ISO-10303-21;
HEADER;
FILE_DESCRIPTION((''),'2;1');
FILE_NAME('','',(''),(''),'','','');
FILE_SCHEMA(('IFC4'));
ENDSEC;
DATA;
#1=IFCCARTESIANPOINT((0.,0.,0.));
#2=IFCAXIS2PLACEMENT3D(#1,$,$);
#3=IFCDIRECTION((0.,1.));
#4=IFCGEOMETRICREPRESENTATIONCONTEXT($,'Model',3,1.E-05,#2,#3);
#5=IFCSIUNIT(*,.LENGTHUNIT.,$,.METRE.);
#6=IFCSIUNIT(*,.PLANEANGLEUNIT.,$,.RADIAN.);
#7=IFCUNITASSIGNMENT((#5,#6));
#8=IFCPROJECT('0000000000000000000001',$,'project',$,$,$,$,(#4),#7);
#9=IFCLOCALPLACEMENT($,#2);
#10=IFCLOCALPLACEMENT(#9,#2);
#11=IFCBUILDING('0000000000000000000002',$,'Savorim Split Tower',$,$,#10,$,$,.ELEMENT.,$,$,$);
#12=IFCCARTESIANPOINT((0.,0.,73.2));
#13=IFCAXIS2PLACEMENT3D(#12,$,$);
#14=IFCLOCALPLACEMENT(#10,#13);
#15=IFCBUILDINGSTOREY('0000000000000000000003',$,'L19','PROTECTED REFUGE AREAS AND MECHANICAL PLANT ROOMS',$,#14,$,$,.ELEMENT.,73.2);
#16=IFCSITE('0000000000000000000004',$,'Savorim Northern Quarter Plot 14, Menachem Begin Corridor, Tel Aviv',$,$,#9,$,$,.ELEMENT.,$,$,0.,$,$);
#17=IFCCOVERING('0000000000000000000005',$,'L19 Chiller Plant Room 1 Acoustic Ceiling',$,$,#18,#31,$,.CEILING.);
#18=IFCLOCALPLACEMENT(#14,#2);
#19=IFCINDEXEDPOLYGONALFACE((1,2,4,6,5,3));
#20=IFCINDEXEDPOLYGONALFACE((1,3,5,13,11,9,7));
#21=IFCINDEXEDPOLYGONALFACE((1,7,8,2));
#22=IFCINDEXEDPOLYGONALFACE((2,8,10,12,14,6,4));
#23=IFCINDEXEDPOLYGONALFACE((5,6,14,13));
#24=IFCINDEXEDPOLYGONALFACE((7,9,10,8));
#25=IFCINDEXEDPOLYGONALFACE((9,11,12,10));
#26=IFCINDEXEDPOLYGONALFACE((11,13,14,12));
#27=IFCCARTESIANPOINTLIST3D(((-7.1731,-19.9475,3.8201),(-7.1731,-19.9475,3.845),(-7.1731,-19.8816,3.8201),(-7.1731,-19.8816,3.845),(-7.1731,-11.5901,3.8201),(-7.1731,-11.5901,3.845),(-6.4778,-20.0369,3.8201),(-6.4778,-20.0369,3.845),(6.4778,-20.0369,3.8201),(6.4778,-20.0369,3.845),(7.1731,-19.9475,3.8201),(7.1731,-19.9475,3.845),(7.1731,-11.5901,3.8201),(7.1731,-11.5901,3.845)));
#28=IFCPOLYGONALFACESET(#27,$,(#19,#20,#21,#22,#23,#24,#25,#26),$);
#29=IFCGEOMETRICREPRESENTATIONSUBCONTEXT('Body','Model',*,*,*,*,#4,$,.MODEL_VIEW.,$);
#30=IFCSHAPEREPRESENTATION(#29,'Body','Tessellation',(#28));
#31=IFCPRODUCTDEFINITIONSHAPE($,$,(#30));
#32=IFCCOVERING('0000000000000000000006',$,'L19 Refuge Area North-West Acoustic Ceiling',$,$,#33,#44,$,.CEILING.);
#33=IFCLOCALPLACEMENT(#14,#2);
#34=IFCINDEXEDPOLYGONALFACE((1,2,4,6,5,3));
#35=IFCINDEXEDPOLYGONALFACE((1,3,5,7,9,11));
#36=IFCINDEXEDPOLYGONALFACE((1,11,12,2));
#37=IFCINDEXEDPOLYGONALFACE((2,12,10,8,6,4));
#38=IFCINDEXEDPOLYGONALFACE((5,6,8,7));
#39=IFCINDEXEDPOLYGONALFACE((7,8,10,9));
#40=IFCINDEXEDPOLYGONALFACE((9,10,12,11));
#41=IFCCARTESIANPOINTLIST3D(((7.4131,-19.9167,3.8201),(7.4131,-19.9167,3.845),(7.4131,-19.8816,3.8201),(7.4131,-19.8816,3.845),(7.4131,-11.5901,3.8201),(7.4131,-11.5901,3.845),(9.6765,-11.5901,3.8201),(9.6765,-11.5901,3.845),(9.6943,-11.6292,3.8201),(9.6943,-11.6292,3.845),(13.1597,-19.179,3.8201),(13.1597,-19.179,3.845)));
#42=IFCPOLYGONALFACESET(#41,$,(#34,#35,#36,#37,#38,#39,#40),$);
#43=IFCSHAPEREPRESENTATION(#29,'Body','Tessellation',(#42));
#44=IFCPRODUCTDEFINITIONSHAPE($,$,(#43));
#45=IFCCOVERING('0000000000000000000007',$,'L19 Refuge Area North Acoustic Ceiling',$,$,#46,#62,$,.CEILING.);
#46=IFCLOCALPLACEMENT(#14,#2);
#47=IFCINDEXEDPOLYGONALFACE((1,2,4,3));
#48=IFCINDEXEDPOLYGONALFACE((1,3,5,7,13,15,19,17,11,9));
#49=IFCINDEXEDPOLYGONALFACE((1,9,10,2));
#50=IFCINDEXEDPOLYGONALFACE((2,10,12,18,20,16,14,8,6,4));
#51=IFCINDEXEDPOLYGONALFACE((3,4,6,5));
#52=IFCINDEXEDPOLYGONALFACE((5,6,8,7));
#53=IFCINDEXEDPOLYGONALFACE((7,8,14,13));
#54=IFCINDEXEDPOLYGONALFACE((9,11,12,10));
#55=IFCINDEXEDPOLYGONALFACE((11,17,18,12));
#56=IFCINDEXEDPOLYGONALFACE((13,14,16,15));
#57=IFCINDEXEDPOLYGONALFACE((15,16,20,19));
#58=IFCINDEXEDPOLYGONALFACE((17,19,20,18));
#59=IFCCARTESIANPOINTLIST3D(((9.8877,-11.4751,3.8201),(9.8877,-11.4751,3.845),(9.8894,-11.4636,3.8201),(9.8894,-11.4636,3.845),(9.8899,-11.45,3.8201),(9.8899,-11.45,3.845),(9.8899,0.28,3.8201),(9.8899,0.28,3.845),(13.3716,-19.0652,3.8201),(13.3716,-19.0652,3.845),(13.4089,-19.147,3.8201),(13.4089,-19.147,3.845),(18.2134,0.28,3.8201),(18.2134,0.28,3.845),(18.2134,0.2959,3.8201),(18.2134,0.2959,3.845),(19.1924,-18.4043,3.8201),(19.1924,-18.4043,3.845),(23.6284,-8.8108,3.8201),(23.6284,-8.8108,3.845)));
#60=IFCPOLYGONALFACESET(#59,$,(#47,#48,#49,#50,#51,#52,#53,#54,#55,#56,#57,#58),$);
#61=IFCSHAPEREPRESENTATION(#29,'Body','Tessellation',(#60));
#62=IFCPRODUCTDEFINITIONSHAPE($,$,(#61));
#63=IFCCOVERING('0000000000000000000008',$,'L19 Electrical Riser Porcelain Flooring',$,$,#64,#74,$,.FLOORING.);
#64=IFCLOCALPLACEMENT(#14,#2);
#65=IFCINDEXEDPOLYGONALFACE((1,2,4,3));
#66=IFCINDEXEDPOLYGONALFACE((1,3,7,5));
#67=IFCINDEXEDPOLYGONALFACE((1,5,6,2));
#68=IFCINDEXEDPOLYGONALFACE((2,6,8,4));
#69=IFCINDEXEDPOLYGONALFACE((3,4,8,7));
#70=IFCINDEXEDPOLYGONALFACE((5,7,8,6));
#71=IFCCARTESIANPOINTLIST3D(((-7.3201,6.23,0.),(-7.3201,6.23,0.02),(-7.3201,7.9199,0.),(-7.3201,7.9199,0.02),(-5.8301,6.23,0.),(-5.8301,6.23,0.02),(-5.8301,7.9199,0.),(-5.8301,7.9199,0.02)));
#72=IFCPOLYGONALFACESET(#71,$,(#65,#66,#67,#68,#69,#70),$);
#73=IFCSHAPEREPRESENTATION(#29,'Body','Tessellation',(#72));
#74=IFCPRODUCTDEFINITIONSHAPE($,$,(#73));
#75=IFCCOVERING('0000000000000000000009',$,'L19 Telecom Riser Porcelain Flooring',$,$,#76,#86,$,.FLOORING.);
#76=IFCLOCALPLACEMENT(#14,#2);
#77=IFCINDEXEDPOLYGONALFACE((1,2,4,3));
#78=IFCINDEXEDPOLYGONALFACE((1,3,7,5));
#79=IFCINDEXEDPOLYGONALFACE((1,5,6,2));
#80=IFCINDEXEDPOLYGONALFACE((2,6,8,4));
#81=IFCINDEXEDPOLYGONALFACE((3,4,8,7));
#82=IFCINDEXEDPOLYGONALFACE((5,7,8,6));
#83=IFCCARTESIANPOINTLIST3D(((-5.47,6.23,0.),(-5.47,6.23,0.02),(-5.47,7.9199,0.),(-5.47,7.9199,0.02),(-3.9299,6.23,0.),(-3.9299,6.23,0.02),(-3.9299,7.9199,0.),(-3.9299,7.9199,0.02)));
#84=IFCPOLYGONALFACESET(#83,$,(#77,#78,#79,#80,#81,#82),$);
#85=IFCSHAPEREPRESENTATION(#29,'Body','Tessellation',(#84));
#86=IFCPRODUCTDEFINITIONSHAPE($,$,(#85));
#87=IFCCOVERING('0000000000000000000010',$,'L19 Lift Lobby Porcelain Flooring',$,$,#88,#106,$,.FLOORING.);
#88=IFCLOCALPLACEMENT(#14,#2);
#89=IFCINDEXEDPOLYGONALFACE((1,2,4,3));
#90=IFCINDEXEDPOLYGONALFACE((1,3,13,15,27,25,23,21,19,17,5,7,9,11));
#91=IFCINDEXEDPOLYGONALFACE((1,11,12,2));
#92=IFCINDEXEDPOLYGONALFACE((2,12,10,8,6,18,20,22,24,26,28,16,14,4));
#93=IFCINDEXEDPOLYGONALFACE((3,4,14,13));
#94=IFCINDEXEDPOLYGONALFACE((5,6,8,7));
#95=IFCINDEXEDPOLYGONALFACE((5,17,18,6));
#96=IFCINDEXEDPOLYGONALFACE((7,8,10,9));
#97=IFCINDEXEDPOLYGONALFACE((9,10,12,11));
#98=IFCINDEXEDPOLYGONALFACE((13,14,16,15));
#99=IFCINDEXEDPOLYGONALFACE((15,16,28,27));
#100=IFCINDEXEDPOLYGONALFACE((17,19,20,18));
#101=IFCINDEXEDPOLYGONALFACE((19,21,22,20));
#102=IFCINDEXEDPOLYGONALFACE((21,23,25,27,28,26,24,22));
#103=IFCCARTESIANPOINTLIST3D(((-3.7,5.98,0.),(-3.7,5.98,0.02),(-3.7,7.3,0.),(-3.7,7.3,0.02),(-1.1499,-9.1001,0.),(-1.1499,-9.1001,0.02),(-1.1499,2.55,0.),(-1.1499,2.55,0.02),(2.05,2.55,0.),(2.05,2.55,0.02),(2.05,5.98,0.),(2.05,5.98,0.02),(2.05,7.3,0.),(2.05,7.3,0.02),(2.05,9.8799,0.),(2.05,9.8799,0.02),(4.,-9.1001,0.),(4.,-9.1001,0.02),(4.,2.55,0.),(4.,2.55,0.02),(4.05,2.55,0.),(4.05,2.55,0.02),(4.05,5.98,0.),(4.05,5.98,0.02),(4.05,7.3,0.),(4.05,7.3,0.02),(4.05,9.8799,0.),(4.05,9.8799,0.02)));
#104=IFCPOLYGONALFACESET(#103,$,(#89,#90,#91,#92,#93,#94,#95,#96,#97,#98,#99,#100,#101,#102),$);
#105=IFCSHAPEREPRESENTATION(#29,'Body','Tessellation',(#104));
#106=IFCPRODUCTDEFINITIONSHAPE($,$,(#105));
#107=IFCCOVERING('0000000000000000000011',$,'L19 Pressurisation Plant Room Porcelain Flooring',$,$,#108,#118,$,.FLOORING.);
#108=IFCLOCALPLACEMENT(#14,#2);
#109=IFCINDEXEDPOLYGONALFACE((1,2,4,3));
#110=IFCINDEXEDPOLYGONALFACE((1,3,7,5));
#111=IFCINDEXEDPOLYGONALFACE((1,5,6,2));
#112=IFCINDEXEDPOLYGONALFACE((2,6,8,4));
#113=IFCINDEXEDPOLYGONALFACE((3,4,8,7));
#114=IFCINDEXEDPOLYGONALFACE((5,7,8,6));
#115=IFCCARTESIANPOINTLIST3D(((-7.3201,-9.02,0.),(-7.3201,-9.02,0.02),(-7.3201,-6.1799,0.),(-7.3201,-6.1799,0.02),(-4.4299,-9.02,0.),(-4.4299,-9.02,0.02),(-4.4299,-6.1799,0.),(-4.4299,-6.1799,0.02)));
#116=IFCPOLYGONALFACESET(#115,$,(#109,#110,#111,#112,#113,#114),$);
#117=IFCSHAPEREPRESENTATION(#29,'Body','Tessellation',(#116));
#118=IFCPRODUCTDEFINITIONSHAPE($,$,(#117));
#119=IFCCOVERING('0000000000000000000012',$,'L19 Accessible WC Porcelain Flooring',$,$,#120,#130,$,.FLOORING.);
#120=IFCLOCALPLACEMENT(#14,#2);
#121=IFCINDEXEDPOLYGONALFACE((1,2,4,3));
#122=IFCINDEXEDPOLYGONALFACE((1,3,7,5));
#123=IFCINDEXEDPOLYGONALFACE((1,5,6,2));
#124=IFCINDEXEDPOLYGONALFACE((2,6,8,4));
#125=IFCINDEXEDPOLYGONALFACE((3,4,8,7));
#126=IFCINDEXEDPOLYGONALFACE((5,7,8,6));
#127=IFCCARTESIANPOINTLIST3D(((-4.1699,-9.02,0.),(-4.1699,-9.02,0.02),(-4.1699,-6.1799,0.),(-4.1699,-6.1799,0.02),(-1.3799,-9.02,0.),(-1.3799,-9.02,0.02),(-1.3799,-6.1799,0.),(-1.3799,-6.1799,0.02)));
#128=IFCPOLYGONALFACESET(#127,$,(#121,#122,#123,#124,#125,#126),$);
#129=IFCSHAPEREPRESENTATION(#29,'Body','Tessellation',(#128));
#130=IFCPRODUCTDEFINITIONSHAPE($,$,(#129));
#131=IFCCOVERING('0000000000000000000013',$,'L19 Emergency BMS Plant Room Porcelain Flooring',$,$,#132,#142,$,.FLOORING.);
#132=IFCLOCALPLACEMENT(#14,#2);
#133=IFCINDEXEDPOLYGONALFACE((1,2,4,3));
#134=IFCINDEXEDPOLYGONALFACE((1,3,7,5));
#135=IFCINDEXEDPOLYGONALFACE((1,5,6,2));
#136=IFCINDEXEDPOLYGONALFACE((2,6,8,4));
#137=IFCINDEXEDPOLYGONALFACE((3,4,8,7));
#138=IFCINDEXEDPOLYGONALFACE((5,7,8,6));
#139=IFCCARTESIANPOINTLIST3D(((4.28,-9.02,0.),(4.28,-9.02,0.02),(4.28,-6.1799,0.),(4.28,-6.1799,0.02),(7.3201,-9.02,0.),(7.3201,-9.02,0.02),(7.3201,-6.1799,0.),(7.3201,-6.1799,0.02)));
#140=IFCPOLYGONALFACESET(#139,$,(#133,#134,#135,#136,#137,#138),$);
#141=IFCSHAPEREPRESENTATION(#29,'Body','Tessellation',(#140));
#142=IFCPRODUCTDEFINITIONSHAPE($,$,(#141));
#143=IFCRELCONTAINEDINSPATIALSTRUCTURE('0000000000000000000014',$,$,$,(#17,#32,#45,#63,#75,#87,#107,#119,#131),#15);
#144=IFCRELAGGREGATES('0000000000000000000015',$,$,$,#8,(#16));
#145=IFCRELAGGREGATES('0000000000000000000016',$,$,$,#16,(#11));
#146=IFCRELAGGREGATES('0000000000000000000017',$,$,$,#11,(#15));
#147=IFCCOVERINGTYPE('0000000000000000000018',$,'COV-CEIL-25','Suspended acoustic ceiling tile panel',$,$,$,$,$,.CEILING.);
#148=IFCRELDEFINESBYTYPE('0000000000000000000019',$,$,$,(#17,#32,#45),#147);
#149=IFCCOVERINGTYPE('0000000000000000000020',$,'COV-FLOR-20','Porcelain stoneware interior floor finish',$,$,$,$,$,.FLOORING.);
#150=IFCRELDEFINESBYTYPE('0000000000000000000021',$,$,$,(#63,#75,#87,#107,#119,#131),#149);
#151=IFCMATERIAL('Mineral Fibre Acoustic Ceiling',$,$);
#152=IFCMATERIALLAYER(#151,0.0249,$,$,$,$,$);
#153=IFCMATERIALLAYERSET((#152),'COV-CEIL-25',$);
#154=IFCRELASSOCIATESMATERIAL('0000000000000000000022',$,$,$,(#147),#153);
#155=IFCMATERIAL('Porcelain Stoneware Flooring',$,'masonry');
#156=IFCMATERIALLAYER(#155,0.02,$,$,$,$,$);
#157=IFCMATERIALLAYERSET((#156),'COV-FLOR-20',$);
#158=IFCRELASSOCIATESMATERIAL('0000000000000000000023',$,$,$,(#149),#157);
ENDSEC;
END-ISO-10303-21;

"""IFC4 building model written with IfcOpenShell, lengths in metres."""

from ifc_helpers import new_model, si_unit, direction, frame, origin, place, context, subcontext, project, spatial, polyline, outline, extrude, material, layer, layer_set, type_object, element, save


model = new_model("IFC4")

# Units and contexts
model_context = context("Model", 3, precision=1e-05, world=origin(), true_north=direction((0.0, 1.0)))
body_context = subcontext(model_context, "Body", "Model", "MODEL_VIEW")
ifc_project = project(units=[si_unit("LENGTHUNIT", "METRE"), si_unit("PLANEANGLEUNIT", "RADIAN")], contexts=[model_context])

# Site, building, storey
site_placement = place(None, origin())
site = spatial("IfcSite", under=ifc_project, at=site_placement, Name="Savorim Northern Quarter Plot 14, Menachem Begin Corridor, Tel Aviv", CompositionType="ELEMENT", RefElevation=0.0)
building_placement = place(site_placement, origin())
building = spatial("IfcBuilding", under=site, at=building_placement, Name="Savorim Split Tower", CompositionType="ELEMENT")
storey_placement = place(building_placement, frame((0.0, 0.0, 73.2)))
storey = spatial("IfcBuildingStorey", under=building, at=storey_placement, Name="L19", Description="PROTECTED REFUGE AREAS AND MECHANICAL PLANT ROOMS", CompositionType="ELEMENT", Elevation=73.2)

# Coverings
ifc_material_1 = material(Name="Mineral Fibre Acoustic Ceiling")
ifc_layer_1 = layer(ifc_material_1, 0.0249)
ifc_layer_set_1 = layer_set([ifc_layer_1], Name="COV-CEIL-25")
covering_type_1 = type_object("IfcCoveringType", Name="COV-CEIL-25", Description="Suspended acoustic ceiling tile panel", PredefinedType="CEILING", material=ifc_layer_set_1)
covering_1_placement = place(storey_placement, frame((0.0, 0.0, 3.8201)))
element("IfcCovering", 1, at=covering_1_placement, inside=storey, type_object=covering_type_1, Name="L19 Chiller Plant Room 1 Acoustic Ceiling", PredefinedType="CEILING", context=body_context, shape_type="SweptSolid", body=[
    extrude(outline(polyline([(-7.1731, -19.9475), (-6.4778, -20.0369), (6.4778, -20.0369), (7.1731, -19.9475), (7.1731, -11.5901), (-7.1731, -11.5901), (-7.1731, -19.8816), (-7.1731, -19.9475)])), origin(), (0.0, 0.0, 1.0), 0.0249),
])
covering_2_placement = place(storey_placement, frame((0.0, 0.0, 3.8201)))
element("IfcCovering", 2, at=covering_2_placement, inside=storey, type_object=covering_type_1, Name="L19 Refuge Area North-West Acoustic Ceiling", PredefinedType="CEILING", context=body_context, shape_type="SweptSolid", body=[
    extrude(outline(polyline([(7.4131, -11.5901), (7.4131, -19.8816), (7.4131, -19.9167), (13.1597, -19.179), (9.6943, -11.6292), (9.6765, -11.5901), (7.4131, -11.5901)])), origin(), (0.0, 0.0, 1.0), 0.0249),
])
covering_3_placement = place(storey_placement, frame((0.0, 0.0, 3.8201)))
element("IfcCovering", 3, at=covering_3_placement, inside=storey, type_object=covering_type_1, Name="L19 Refuge Area North Acoustic Ceiling", PredefinedType="CEILING", context=body_context, shape_type="SweptSolid", body=[
    extrude(outline(polyline([(13.4089, -19.147), (19.1924, -18.4043), (23.6284, -8.8108), (18.2134, 0.2959), (18.2134, 0.28), (9.8899, 0.28), (9.8899, -11.45), (9.8894, -11.4636), (9.8877, -11.4751), (13.3716, -19.0652), (13.4089, -19.147)])), origin(), (0.0, 0.0, 1.0), 0.0249),
])
ifc_material_2 = material(Name="Porcelain Stoneware Flooring", Category="masonry")
ifc_layer_2 = layer(ifc_material_2, 0.02)
ifc_layer_set_2 = layer_set([ifc_layer_2], Name="COV-FLOR-20")
covering_type_2 = type_object("IfcCoveringType", Name="COV-FLOR-20", Description="Porcelain stoneware interior floor finish", PredefinedType="FLOORING", material=ifc_layer_set_2)
covering_4_placement = place(storey_placement, origin())
element("IfcCovering", 4, at=covering_4_placement, inside=storey, type_object=covering_type_2, Name="L19 Electrical Riser Porcelain Flooring", PredefinedType="FLOORING", context=body_context, shape_type="SweptSolid", body=[
    extrude(outline(polyline([(-7.3201, 7.9199), (-7.3201, 6.23), (-5.8301, 6.23), (-5.8301, 7.9199), (-7.3201, 7.9199)])), origin(), (0.0, 0.0, 1.0), 0.02),
])
covering_5_placement = place(storey_placement, origin())
element("IfcCovering", 5, at=covering_5_placement, inside=storey, type_object=covering_type_2, Name="L19 Telecom Riser Porcelain Flooring", PredefinedType="FLOORING", context=body_context, shape_type="SweptSolid", body=[
    extrude(outline(polyline([(-5.47, 7.9199), (-5.47, 6.23), (-3.9299, 6.23), (-3.9299, 7.9199), (-5.47, 7.9199)])), origin(), (0.0, 0.0, 1.0), 0.02),
])
covering_6_placement = place(storey_placement, origin())
element("IfcCovering", 6, at=covering_6_placement, inside=storey, type_object=covering_type_2, Name="L19 Lift Lobby Porcelain Flooring", PredefinedType="FLOORING", context=body_context, shape_type="SweptSolid", body=[
    extrude(outline(polyline([(2.05, 2.55), (-1.1499, 2.55), (-1.1499, -9.1001), (4.0, -9.1001), (4.0, 2.55), (4.05, 2.55), (4.05, 5.98), (4.05, 7.3), (4.05, 9.8799), (2.05, 9.8799), (2.05, 7.3), (-3.7, 7.3), (-3.7, 5.98), (2.05, 5.98), (2.05, 2.55)])), origin(), (0.0, 0.0, 1.0), 0.02),
])
covering_7_placement = place(storey_placement, origin())
element("IfcCovering", 7, at=covering_7_placement, inside=storey, type_object=covering_type_2, Name="L19 Pressurisation Plant Room Porcelain Flooring", PredefinedType="FLOORING", context=body_context, shape_type="SweptSolid", body=[
    extrude(outline(polyline([(-7.3201, -6.1799), (-7.3201, -9.02), (-4.4299, -9.02), (-4.4299, -6.1799), (-7.3201, -6.1799)])), origin(), (0.0, 0.0, 1.0), 0.02),
])
covering_8_placement = place(storey_placement, origin())
element("IfcCovering", 8, at=covering_8_placement, inside=storey, type_object=covering_type_2, Name="L19 Accessible WC Porcelain Flooring", PredefinedType="FLOORING", context=body_context, shape_type="SweptSolid", body=[
    extrude(outline(polyline([(-4.1699, -6.1799), (-4.1699, -9.02), (-1.3799, -9.02), (-1.3799, -6.1799), (-4.1699, -6.1799)])), origin(), (0.0, 0.0, 1.0), 0.02),
])
covering_9_placement = place(storey_placement, origin())
element("IfcCovering", 9, at=covering_9_placement, inside=storey, type_object=covering_type_2, Name="L19 Emergency BMS Plant Room Porcelain Flooring", PredefinedType="FLOORING", context=body_context, shape_type="SweptSolid", body=[
    extrude(outline(polyline([(4.28, -6.1799), (4.28, -9.02), (7.3201, -9.02), (7.3201, -6.1799), (4.28, -6.1799)])), origin(), (0.0, 0.0, 1.0), 0.02),
])

save(model, "model.ifc")
